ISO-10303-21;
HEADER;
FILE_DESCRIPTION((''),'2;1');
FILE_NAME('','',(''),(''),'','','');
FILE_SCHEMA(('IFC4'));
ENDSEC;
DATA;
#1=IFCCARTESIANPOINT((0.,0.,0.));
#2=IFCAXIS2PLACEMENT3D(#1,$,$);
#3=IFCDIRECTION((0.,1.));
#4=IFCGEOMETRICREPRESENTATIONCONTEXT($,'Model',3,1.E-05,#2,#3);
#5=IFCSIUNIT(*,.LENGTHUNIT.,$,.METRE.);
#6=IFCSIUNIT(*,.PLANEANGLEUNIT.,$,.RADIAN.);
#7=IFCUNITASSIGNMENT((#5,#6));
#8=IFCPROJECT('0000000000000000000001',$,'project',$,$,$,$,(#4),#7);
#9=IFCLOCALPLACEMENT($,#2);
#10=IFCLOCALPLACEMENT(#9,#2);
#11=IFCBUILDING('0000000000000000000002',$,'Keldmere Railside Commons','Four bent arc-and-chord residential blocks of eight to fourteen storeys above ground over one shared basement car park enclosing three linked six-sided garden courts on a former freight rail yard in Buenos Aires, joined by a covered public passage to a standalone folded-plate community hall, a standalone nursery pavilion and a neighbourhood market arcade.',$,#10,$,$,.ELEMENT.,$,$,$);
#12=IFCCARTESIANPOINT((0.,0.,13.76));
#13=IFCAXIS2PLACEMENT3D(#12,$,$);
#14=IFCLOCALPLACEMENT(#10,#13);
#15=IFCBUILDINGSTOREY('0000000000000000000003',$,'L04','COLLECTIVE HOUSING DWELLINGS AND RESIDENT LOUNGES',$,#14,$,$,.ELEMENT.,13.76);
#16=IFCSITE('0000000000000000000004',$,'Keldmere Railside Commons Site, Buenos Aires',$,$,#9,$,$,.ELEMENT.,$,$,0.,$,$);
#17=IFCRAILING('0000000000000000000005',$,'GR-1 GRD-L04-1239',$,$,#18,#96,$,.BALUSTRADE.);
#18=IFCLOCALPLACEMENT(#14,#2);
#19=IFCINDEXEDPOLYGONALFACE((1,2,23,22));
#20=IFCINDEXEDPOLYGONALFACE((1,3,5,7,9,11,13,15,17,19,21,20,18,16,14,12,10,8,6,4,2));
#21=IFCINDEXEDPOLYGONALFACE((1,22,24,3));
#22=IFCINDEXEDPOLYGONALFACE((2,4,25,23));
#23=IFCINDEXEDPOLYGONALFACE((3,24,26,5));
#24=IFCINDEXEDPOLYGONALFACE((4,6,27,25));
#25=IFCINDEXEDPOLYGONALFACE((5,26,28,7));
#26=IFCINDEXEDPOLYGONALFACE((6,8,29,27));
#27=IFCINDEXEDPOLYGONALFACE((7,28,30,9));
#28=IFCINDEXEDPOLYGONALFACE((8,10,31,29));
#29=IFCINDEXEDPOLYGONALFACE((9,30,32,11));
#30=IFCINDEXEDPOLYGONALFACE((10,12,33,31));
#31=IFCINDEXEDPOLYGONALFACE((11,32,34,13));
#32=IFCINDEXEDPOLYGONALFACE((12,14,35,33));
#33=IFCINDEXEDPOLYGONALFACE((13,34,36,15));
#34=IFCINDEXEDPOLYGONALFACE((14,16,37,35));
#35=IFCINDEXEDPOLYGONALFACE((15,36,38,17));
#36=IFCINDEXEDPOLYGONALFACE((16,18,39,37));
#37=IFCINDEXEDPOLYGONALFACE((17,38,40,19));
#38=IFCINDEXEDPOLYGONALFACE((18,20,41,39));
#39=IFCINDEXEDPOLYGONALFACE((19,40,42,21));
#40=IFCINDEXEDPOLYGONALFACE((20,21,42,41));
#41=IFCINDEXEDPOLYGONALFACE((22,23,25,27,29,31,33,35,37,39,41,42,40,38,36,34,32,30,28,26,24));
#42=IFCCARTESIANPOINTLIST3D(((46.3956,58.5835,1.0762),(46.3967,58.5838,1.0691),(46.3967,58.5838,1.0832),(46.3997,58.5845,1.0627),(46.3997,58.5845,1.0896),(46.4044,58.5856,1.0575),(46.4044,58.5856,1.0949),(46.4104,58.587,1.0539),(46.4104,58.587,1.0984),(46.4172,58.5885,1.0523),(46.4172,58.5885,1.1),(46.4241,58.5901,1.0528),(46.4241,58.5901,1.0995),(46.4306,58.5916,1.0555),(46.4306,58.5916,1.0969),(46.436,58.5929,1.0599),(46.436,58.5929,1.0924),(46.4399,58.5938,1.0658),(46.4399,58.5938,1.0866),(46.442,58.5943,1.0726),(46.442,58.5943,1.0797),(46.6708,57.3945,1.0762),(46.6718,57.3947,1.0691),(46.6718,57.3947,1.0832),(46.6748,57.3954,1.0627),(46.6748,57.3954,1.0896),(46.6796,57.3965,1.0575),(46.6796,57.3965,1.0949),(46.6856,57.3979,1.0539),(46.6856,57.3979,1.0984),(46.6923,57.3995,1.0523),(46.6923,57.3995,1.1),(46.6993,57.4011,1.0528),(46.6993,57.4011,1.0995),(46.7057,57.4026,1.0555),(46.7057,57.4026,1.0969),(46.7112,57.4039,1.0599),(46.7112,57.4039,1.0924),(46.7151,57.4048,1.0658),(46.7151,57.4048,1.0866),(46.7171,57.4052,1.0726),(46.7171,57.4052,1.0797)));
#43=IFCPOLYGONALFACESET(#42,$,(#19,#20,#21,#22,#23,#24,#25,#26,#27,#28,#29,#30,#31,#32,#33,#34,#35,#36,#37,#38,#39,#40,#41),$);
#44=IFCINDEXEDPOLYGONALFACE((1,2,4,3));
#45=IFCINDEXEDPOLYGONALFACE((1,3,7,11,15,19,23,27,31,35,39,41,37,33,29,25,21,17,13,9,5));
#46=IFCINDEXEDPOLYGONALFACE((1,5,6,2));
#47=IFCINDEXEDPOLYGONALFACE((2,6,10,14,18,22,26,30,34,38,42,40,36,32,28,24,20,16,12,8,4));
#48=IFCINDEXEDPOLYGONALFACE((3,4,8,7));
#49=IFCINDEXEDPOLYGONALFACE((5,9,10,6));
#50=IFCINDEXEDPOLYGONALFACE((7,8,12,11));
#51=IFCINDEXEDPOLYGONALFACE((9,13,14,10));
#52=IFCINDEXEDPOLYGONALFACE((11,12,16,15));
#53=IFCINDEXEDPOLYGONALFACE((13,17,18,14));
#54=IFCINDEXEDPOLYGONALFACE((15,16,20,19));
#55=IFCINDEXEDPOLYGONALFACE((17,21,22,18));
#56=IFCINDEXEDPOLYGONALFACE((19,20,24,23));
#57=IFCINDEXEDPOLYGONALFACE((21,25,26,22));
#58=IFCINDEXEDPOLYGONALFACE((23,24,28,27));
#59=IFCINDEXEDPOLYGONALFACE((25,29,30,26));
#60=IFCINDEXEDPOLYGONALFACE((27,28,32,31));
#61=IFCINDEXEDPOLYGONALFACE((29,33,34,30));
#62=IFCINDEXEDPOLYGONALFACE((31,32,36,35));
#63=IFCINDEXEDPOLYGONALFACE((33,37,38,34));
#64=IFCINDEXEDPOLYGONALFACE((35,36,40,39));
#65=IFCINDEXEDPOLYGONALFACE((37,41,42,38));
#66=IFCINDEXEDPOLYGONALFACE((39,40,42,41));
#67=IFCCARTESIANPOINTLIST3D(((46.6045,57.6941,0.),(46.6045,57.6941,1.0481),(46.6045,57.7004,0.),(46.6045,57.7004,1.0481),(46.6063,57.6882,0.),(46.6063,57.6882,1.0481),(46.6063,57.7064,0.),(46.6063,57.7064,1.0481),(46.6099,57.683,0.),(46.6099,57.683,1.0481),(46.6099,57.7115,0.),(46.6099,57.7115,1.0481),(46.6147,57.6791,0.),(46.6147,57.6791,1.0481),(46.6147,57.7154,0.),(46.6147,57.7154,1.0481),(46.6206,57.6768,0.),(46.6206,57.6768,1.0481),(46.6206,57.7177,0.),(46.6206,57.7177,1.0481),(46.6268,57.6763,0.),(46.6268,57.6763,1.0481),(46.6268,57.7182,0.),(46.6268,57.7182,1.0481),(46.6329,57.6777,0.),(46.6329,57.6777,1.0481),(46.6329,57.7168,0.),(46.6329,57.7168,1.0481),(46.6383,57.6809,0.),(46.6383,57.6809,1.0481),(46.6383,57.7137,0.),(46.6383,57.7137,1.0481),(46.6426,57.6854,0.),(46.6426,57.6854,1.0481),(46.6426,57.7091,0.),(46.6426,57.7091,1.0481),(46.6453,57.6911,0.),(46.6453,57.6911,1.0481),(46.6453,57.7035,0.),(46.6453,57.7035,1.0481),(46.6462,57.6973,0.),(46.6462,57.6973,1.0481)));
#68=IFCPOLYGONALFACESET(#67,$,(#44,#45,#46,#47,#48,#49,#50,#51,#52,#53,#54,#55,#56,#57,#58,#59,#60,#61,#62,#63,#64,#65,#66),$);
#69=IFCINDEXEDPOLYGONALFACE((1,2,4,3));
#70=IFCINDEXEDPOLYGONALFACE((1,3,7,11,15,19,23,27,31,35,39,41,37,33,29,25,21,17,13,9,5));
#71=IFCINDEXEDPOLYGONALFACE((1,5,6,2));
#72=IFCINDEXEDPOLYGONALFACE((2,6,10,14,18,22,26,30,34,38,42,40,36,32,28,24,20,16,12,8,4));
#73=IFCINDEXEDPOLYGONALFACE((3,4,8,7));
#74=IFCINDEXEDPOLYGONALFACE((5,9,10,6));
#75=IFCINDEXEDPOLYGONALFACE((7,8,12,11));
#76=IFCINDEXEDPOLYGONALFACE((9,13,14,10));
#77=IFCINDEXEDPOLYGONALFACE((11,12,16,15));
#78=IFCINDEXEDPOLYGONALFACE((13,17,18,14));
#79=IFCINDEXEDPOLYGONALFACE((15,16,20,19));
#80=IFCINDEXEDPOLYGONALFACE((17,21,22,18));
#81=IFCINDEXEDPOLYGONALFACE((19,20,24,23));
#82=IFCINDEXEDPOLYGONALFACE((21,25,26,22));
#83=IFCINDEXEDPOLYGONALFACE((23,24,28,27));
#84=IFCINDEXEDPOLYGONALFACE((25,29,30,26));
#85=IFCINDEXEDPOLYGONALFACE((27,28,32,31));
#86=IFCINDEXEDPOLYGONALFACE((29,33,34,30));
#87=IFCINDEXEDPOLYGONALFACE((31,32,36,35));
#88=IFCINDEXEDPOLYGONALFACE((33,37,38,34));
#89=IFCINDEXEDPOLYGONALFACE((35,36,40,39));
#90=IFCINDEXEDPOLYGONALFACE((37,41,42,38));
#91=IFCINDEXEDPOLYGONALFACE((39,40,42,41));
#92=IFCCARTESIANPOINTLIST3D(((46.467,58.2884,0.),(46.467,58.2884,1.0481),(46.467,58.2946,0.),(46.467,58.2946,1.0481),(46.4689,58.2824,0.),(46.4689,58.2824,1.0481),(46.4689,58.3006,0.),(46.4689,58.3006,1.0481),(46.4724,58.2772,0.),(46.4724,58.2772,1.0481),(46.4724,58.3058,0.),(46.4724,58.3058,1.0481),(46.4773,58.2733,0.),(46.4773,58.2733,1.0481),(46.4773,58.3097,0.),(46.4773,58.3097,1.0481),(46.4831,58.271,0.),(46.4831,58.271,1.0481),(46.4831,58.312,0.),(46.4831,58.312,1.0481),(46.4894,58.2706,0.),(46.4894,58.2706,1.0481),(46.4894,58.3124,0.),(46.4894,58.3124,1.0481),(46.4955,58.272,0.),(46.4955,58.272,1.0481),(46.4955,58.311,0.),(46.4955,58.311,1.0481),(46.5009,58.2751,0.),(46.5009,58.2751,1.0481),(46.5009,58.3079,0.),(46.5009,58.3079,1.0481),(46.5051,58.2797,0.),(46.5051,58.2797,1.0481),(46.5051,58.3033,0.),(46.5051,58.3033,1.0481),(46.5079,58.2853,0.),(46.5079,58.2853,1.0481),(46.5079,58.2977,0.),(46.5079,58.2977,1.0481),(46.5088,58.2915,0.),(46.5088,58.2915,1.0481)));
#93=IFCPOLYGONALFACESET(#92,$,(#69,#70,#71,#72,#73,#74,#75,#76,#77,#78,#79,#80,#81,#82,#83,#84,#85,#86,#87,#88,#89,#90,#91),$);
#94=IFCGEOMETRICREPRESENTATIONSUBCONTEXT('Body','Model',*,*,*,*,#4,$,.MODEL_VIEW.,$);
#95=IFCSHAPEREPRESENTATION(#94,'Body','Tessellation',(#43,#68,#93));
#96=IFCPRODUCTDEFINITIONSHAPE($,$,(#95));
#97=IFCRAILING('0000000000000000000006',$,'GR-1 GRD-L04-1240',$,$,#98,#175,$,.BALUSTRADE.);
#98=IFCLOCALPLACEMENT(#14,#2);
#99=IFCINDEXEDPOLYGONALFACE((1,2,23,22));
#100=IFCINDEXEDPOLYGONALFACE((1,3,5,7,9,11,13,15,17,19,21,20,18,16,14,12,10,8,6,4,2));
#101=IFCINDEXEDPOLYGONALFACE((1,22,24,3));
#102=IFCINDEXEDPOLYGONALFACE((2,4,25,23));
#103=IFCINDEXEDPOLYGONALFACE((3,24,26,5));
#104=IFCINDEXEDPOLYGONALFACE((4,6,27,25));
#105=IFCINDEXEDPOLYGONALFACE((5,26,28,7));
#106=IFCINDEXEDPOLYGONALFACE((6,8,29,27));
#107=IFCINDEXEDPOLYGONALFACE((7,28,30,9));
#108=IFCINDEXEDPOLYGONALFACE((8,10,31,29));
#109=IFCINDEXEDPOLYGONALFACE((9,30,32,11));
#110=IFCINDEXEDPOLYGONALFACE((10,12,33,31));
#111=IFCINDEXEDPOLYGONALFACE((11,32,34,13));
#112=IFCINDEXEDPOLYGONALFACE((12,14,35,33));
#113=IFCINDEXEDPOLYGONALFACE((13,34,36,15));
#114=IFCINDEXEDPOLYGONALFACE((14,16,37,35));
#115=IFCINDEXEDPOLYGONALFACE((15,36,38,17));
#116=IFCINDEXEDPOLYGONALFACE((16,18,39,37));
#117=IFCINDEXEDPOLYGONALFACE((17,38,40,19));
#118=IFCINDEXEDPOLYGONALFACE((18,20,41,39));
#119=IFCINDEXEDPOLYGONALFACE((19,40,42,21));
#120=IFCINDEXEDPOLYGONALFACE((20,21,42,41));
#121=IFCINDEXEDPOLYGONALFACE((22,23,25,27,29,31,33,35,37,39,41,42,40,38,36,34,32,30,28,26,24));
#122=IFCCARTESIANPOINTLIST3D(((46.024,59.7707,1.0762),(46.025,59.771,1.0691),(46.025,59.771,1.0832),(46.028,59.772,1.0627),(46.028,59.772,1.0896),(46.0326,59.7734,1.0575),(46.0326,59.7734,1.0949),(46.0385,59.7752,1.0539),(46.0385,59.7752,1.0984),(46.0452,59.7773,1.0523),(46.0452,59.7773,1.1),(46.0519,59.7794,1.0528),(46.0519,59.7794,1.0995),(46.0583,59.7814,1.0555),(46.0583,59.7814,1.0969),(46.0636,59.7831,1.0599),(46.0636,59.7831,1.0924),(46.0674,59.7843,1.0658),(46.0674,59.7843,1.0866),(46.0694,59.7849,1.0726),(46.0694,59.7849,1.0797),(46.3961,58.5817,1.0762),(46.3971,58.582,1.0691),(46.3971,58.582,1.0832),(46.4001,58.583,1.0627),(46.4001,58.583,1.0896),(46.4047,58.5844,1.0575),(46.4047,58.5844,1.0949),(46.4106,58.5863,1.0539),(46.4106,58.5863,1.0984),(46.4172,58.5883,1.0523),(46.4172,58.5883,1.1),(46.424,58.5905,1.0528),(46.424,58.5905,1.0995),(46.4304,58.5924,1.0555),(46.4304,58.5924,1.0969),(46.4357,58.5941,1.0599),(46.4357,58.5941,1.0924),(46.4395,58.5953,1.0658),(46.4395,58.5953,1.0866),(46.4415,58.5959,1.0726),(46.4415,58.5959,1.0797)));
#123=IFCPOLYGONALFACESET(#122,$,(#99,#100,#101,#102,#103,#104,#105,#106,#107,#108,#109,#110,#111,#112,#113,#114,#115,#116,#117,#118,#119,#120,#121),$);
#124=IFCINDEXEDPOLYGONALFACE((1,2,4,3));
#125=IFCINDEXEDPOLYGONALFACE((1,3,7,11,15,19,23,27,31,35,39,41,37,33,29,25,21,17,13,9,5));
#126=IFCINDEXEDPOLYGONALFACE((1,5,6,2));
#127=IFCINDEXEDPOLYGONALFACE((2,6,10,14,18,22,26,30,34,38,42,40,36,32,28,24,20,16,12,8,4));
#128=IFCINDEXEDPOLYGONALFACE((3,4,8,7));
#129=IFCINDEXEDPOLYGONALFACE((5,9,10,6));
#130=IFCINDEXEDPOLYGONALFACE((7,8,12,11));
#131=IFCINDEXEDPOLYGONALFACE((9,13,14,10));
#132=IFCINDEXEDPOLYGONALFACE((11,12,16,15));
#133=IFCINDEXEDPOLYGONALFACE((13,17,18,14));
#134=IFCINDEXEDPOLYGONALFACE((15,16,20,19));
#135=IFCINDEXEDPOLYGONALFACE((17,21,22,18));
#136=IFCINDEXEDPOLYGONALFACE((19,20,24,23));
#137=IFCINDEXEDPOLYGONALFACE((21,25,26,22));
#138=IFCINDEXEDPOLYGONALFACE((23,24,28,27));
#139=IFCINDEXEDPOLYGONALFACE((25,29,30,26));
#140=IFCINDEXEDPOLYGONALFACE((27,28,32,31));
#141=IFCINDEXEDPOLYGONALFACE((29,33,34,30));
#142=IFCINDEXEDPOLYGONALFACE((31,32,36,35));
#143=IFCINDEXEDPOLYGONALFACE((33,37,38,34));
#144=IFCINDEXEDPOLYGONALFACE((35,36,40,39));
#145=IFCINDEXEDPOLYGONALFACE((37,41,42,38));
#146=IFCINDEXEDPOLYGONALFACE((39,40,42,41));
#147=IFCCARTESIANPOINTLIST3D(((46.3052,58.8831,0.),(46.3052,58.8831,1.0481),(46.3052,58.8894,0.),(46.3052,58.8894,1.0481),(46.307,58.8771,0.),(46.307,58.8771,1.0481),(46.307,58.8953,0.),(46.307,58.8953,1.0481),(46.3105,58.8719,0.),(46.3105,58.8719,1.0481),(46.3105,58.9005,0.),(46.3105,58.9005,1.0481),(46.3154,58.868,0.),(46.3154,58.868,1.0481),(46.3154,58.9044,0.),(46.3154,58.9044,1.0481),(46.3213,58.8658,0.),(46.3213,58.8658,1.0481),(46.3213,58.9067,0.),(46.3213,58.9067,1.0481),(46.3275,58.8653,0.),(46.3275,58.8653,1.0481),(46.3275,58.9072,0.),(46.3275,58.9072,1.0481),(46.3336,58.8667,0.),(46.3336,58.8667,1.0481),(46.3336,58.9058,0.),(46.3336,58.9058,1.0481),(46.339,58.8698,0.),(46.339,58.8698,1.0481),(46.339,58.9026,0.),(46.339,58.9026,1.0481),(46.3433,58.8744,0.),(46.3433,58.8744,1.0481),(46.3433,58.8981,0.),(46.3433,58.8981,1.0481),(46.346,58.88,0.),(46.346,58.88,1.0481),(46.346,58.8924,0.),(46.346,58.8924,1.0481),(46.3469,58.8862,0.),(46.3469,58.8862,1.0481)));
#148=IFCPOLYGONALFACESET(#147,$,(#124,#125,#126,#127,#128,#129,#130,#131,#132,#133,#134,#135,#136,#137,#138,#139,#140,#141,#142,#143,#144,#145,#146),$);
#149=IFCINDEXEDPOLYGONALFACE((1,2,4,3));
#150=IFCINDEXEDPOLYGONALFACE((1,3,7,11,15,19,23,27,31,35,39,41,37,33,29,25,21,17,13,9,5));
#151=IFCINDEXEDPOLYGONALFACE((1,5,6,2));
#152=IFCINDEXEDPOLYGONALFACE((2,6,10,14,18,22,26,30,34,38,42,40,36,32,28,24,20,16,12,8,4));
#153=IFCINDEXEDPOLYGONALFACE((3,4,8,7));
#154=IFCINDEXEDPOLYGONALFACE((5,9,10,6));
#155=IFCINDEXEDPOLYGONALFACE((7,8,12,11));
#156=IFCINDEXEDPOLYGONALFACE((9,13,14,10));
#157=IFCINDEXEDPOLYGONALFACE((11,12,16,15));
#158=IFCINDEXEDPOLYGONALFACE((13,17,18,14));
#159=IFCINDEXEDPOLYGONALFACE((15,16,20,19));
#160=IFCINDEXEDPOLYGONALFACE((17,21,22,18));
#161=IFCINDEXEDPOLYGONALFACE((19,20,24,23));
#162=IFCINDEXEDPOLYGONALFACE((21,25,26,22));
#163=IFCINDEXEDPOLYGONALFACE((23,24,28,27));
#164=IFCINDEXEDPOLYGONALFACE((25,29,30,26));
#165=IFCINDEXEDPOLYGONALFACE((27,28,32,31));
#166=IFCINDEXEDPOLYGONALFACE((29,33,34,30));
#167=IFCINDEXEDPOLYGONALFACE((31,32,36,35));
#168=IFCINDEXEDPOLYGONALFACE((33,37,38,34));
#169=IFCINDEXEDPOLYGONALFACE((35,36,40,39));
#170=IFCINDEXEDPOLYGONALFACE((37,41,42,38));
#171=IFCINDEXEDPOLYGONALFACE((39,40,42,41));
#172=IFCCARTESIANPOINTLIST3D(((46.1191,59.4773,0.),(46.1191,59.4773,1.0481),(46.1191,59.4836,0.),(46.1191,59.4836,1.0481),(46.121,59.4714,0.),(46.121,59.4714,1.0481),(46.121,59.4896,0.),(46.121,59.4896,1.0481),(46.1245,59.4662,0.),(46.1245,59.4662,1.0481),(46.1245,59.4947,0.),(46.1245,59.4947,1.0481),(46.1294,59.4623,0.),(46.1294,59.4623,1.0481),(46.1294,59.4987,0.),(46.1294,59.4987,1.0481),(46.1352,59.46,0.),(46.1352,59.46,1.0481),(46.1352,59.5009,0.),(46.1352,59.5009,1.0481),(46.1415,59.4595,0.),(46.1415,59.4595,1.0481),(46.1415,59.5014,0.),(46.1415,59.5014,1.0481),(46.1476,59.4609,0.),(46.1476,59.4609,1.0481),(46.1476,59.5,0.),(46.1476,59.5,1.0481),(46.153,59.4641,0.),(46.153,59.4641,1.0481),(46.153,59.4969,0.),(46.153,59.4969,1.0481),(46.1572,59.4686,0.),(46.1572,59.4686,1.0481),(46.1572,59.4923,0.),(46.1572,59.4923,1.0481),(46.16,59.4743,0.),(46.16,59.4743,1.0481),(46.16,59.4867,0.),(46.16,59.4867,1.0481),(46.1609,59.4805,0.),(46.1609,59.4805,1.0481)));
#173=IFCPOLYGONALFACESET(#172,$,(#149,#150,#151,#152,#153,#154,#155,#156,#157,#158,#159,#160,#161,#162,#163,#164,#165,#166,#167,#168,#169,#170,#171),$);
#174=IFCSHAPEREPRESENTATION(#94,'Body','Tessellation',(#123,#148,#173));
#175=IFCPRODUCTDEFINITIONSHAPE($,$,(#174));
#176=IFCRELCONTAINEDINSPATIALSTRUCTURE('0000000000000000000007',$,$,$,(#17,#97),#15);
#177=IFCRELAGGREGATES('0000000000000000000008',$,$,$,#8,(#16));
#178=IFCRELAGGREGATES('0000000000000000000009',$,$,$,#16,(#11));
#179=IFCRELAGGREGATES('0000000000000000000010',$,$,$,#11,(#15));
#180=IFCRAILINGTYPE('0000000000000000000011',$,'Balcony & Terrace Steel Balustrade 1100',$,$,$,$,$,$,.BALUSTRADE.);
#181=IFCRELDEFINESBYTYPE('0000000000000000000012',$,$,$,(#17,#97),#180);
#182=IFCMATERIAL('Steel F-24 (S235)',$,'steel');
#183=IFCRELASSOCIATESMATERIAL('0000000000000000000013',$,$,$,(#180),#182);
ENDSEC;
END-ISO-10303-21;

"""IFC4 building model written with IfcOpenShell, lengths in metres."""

from ifc_helpers import new_model, si_unit, direction, frame, origin, origin_2d, place, context, subcontext, project, spatial, circle, extrude, material, type_object, element, save


model = new_model("IFC4")

# Units and contexts
model_context = context("Model", 3, precision=1e-05, world=origin(), true_north=direction((0.0, 1.0)))
body_context = subcontext(model_context, "Body", "Model", "MODEL_VIEW")
ifc_project = project(units=[si_unit("LENGTHUNIT", "METRE"), si_unit("PLANEANGLEUNIT", "RADIAN")], contexts=[model_context])

# Site, building, storey
site_placement = place(None, origin())
site = spatial("IfcSite", under=ifc_project, at=site_placement, Name="Keldmere Railside Commons Site, Buenos Aires", CompositionType="ELEMENT", RefElevation=0.0)
building_placement = place(site_placement, origin())
building = spatial("IfcBuilding", under=site, at=building_placement, Name="Keldmere Railside Commons", Description="Four bent arc-and-chord residential blocks of eight to fourteen storeys above ground over one shared basement car park enclosing three linked six-sided garden courts on a former freight rail yard in Buenos Aires, joined by a covered public passage to a standalone folded-plate community hall, a standalone nursery pavilion and a neighbourhood market arcade.", CompositionType="ELEMENT")
storey_placement = place(building_placement, frame((0.0, 0.0, 13.76)))
storey = spatial("IfcBuildingStorey", under=building, at=storey_placement, Name="L04", Description="COLLECTIVE HOUSING DWELLINGS AND RESIDENT LOUNGES", CompositionType="ELEMENT", Elevation=13.76)

# Railings
ifc_material_1 = material(Name="Steel F-24 (S235)", Category="steel")
railing_type_1 = type_object("IfcRailingType", Name="Balcony & Terrace Steel Balustrade 1100", PredefinedType="BALUSTRADE", material=ifc_material_1)
railing_1_placement = place(storey_placement, frame((46.6941, 57.3999, 0.0)))
element("IfcRailing", 1, at=railing_1_placement, inside=storey, type_object=railing_type_1, Name="GR-1 GRD-L04-1239", PredefinedType="BALUSTRADE", context=body_context, shape_type="SweptSolid", body=[
    extrude(circle(Radius=0.0239, at=origin_2d()), frame((0.0, 0.0, 1.0762), z_axis=(-0.225458, 0.974253, 0.0), x_axis=(-0.974253, -0.225458, 0.0)), (0.0, 0.0, 1.0), 1.2205),
    extrude(circle(Radius=0.021, at=origin_2d()), frame((-0.0688, 0.2974, 0.0)), (0.0, 0.0, 1.0), 1.0481),
    extrude(circle(Radius=0.021, at=origin_2d()), frame((-0.2063, 0.8916, 0.0)), (0.0, 0.0, 1.0), 1.0481),
])
railing_2_placement = place(storey_placement, frame((46.4189, 58.5889, 0.0)))
element("IfcRailing", 2, at=railing_2_placement, inside=storey, type_object=railing_type_1, Name="GR-1 GRD-L04-1240", PredefinedType="BALUSTRADE", context=body_context, shape_type="SweptSolid", body=[
    extrude(circle(Radius=0.0239, at=origin_2d()), frame((0.0, 0.0, 1.0762), z_axis=(-0.298654, 0.954361, 0.0), x_axis=(-0.954361, -0.298654, 0.0)), (0.0, 0.0, 1.0), 1.2458),
    extrude(circle(Radius=0.021, at=origin_2d()), frame((-0.093, 0.2974, 0.0)), (0.0, 0.0, 1.0), 1.0481),
    extrude(circle(Radius=0.021, at=origin_2d()), frame((-0.2791, 0.8916, 0.0)), (0.0, 0.0, 1.0), 1.0481),
])

save(model, "model.ifc")
